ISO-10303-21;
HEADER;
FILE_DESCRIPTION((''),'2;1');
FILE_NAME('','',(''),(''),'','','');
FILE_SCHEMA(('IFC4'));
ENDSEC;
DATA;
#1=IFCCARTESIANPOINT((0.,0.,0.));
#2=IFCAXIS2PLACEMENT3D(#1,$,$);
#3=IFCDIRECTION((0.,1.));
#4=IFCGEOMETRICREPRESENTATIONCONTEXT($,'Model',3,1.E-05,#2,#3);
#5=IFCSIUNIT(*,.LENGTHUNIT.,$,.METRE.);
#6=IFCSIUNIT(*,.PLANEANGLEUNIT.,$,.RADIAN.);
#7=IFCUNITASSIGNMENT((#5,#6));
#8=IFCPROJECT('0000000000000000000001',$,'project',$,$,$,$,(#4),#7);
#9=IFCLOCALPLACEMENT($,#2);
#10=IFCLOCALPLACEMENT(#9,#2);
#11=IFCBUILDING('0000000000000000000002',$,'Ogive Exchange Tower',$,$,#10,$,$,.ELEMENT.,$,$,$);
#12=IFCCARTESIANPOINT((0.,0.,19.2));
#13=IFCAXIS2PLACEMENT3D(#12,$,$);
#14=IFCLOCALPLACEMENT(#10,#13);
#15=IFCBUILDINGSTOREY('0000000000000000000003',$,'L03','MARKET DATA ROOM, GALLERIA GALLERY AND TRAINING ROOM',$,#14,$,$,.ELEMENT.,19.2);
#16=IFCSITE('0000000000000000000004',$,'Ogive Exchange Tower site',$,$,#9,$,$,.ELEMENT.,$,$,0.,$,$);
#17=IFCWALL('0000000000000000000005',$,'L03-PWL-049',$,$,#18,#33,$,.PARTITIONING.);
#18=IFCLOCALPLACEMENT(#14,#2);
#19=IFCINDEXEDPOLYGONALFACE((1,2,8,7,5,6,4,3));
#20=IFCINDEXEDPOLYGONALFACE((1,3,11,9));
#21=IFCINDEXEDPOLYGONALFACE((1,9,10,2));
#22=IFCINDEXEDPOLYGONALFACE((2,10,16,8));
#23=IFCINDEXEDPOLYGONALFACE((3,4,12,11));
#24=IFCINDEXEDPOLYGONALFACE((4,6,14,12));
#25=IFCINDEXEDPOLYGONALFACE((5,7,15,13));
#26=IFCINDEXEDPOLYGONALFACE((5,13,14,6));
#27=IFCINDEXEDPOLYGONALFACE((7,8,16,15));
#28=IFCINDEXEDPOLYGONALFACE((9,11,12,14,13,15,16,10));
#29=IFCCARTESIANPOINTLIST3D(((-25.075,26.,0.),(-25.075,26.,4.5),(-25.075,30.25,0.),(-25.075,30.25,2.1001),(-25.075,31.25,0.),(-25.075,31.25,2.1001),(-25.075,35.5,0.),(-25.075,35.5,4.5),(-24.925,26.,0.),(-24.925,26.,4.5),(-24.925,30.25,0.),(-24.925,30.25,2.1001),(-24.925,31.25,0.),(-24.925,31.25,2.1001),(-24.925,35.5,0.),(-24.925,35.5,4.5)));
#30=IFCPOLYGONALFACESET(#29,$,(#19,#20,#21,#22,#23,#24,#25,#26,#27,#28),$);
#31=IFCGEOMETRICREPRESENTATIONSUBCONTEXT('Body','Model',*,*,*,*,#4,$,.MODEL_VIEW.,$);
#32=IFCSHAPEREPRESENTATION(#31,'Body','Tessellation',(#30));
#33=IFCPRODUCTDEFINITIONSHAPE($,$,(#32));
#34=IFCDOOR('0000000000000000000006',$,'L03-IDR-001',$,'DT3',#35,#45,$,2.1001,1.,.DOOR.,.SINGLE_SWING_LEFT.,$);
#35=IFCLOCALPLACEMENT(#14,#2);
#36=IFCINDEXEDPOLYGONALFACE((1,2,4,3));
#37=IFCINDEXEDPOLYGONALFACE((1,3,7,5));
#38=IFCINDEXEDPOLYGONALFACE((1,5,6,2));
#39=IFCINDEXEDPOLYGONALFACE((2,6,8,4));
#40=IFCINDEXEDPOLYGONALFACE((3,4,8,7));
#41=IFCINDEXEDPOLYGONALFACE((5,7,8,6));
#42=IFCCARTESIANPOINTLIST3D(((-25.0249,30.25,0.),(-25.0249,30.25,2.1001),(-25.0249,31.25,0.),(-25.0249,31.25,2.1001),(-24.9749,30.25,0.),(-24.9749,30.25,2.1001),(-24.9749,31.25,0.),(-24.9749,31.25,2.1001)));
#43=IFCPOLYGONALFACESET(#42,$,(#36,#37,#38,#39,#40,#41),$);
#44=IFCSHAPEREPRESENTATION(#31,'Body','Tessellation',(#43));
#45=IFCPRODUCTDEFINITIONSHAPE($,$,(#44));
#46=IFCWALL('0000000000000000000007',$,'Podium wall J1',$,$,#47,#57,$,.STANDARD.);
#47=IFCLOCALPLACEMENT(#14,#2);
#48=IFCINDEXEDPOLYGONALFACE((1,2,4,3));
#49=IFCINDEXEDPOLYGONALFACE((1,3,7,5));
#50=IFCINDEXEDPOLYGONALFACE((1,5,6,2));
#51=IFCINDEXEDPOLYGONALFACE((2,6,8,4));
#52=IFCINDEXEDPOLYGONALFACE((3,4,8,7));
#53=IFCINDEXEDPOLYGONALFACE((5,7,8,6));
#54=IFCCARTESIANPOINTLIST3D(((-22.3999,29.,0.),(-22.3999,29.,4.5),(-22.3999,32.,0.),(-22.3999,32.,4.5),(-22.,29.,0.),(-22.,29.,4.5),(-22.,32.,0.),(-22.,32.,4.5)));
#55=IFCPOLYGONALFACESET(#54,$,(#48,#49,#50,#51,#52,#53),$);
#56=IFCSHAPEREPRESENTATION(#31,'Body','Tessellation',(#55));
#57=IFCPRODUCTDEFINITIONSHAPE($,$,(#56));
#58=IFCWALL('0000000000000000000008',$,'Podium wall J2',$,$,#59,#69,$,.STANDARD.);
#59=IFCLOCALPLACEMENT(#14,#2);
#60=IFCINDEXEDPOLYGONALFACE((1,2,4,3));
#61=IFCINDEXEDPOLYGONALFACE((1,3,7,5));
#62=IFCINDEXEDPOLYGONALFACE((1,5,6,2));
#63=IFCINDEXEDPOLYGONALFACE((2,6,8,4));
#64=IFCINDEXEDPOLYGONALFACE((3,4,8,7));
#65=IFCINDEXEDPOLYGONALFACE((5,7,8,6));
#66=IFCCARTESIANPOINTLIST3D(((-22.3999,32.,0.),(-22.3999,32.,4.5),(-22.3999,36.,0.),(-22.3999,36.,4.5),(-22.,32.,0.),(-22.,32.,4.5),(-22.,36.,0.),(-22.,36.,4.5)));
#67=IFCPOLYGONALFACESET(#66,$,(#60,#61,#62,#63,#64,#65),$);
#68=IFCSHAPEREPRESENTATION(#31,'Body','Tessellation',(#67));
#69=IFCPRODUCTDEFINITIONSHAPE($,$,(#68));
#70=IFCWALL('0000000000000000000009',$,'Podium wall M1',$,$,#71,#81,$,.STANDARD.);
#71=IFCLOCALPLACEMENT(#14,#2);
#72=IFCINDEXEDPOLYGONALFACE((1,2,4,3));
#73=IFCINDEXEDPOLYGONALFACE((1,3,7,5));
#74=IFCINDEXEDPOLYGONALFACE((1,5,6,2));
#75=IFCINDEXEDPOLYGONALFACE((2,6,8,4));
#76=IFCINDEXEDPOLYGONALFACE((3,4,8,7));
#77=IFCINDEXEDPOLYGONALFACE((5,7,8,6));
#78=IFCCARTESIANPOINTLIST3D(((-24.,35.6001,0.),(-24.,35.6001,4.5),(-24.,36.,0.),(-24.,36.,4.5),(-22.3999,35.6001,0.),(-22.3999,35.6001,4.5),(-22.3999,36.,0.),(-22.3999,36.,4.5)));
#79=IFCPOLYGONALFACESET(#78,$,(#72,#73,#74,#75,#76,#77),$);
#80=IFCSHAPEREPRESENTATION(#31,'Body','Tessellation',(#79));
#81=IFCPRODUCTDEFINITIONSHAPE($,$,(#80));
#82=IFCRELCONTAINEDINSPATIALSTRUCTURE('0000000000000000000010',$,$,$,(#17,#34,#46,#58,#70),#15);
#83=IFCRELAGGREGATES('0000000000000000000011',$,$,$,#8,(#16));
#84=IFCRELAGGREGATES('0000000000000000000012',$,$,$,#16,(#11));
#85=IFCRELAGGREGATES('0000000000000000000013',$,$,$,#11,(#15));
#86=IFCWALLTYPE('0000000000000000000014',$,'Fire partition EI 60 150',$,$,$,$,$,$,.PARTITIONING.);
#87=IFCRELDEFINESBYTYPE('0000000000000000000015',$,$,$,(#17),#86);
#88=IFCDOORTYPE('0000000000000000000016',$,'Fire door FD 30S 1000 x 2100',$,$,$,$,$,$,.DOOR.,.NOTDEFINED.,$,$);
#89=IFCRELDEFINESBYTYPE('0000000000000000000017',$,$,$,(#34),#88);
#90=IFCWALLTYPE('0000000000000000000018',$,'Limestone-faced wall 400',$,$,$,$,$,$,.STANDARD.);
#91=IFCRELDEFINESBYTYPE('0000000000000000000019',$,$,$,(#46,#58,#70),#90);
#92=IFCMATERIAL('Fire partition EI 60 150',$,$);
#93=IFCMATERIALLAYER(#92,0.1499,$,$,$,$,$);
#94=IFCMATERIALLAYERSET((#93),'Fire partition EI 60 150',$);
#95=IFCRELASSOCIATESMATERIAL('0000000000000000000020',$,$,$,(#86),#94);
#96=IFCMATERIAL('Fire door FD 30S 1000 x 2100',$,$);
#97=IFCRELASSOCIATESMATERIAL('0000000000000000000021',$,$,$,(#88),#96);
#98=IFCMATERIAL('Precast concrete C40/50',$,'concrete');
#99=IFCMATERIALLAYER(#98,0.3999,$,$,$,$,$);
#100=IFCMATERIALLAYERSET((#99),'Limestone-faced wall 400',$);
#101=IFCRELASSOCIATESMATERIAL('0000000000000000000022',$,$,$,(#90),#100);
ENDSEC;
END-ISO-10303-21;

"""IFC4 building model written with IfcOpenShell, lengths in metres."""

from ifc_helpers import new_model, si_unit, direction, frame, frame_2d, origin, place, context, subcontext, project, spatial, rectangle, extrude, material, layer, layer_set, type_object, element, fill, save


model = new_model("IFC4")

# Units and contexts
model_context = context("Model", 3, precision=1e-05, world=origin(), true_north=direction((0.0, 1.0)))
body_context = subcontext(model_context, "Body", "Model", "MODEL_VIEW")
ifc_project = project(units=[si_unit("LENGTHUNIT", "METRE"), si_unit("PLANEANGLEUNIT", "RADIAN")], contexts=[model_context])

# Site, building, storey
site_placement = place(None, origin())
site = spatial("IfcSite", under=ifc_project, at=site_placement, Name="Ogive Exchange Tower site", CompositionType="ELEMENT", RefElevation=0.0)
building_placement = place(site_placement, origin())
building = spatial("IfcBuilding", under=site, at=building_placement, Name="Ogive Exchange Tower", CompositionType="ELEMENT")
storey_placement = place(building_placement, frame((0.0, 0.0, 19.2)))
storey = spatial("IfcBuildingStorey", under=building, at=storey_placement, Name="L03", Description="MARKET DATA ROOM, GALLERIA GALLERY AND TRAINING ROOM", CompositionType="ELEMENT", Elevation=19.2)

# Wall, opening, door
ifc_material_1 = material(Name="Fire partition EI 60 150")
ifc_layer_1 = layer(ifc_material_1, 0.1499)
ifc_layer_set_1 = layer_set([ifc_layer_1], Name="Fire partition EI 60 150")
wall_type_1 = type_object("IfcWallType", Name="Fire partition EI 60 150", PredefinedType="PARTITIONING", material=ifc_layer_set_1)
wall_1_placement = place(storey_placement, frame((-25.0, 26.0, 0.0), z_axis=(0.0, 0.0, 1.0), x_axis=(0.0, 1.0, 0.0)))
wall_1 = element("IfcWall", 1, at=wall_1_placement, inside=storey, type_object=wall_type_1, Name="L03-PWL-049", PredefinedType="PARTITIONING", context=body_context, shape_type="SweptSolid", body=[
    extrude(rectangle(XDim=9.5, YDim=0.1499, at=frame_2d((4.75, 0.0))), origin(), (0.0, 0.0, 1.0), 4.5),
])
opening_1_placement = place(wall_1_placement, frame((4.25, 0.0, 0.0)))
opening_1 = element("IfcOpeningElement", 2, at=opening_1_placement, cuts=wall_1, PredefinedType="OPENING", context=body_context, shape_type="SweptSolid", body=[
    extrude(rectangle(XDim=1.0, YDim=2.1001, at=frame_2d((0.5, 1.05))), frame((0.0, 0.085, 0.0), z_axis=(0.0, -1.0, 0.0), x_axis=(1.0, 0.0, 0.0)), (0.0, 0.0, 1.0), 0.1699),
])
ifc_material_2 = material(Name="Fire door FD 30S 1000 x 2100")
door_type = type_object("IfcDoorType", Name="Fire door FD 30S 1000 x 2100", OperationType="NOTDEFINED", PredefinedType="DOOR", material=ifc_material_2)
door_placement = place(opening_1_placement, origin())
door = element("IfcDoor", 3, at=door_placement, inside=storey, type_object=door_type, Name="L03-IDR-001", ObjectType="DT3", OperationType="SINGLE_SWING_LEFT", OverallHeight=2.1001, OverallWidth=1.0, PredefinedType="DOOR", context=body_context, shape_type="SweptSolid", body=[
    extrude(rectangle(XDim=1.0, YDim=2.1001, at=frame_2d((0.5, 1.05))), frame((0.0, 0.0249, 0.0), z_axis=(0.0, -1.0, 0.0), x_axis=(1.0, 0.0, 0.0)), (0.0, 0.0, 1.0), 0.05),
])
fill(opening_1, door)

# Walls
ifc_material_3 = material(Name="Precast concrete C40/50", Category="concrete")
ifc_layer_2 = layer(ifc_material_3, 0.3999)
ifc_layer_set_2 = layer_set([ifc_layer_2], Name="Limestone-faced wall 400")
wall_type_2 = type_object("IfcWallType", Name="Limestone-faced wall 400", PredefinedType="STANDARD", material=ifc_layer_set_2)
wall_2_placement = place(storey_placement, frame((-22.2, 29.0, 0.0), z_axis=(0.0, 0.0, 1.0), x_axis=(0.0, 1.0, 0.0)))
element("IfcWall", 4, at=wall_2_placement, inside=storey, type_object=wall_type_2, Name="Podium wall J1", PredefinedType="STANDARD", context=body_context, shape_type="SweptSolid", body=[
    extrude(rectangle(XDim=3.0, YDim=0.3999, at=frame_2d((1.5, 0.0))), origin(), (0.0, 0.0, 1.0), 4.5),
])
wall_3_placement = place(storey_placement, frame((-22.2, 32.0, 0.0), z_axis=(0.0, 0.0, 1.0), x_axis=(0.0, 1.0, 0.0)))
element("IfcWall", 5, at=wall_3_placement, inside=storey, type_object=wall_type_2, Name="Podium wall J2", PredefinedType="STANDARD", context=body_context, shape_type="SweptSolid", body=[
    extrude(rectangle(XDim=4.0, YDim=0.3999, at=frame_2d((2.0, 0.0))), origin(), (0.0, 0.0, 1.0), 4.5),
])
wall_4_placement = place(storey_placement, frame((-22.3999, 35.8, 0.0), z_axis=(0.0, 0.0, 1.0), x_axis=(-1.0, 0.0, 0.0)))
element("IfcWall", 6, at=wall_4_placement, inside=storey, type_object=wall_type_2, Name="Podium wall M1", PredefinedType="STANDARD", context=body_context, shape_type="SweptSolid", body=[
    extrude(rectangle(XDim=1.6001, YDim=0.3999, at=frame_2d((0.8, 0.0))), origin(), (0.0, 0.0, 1.0), 4.5),
])

save(model, "model.ifc")
